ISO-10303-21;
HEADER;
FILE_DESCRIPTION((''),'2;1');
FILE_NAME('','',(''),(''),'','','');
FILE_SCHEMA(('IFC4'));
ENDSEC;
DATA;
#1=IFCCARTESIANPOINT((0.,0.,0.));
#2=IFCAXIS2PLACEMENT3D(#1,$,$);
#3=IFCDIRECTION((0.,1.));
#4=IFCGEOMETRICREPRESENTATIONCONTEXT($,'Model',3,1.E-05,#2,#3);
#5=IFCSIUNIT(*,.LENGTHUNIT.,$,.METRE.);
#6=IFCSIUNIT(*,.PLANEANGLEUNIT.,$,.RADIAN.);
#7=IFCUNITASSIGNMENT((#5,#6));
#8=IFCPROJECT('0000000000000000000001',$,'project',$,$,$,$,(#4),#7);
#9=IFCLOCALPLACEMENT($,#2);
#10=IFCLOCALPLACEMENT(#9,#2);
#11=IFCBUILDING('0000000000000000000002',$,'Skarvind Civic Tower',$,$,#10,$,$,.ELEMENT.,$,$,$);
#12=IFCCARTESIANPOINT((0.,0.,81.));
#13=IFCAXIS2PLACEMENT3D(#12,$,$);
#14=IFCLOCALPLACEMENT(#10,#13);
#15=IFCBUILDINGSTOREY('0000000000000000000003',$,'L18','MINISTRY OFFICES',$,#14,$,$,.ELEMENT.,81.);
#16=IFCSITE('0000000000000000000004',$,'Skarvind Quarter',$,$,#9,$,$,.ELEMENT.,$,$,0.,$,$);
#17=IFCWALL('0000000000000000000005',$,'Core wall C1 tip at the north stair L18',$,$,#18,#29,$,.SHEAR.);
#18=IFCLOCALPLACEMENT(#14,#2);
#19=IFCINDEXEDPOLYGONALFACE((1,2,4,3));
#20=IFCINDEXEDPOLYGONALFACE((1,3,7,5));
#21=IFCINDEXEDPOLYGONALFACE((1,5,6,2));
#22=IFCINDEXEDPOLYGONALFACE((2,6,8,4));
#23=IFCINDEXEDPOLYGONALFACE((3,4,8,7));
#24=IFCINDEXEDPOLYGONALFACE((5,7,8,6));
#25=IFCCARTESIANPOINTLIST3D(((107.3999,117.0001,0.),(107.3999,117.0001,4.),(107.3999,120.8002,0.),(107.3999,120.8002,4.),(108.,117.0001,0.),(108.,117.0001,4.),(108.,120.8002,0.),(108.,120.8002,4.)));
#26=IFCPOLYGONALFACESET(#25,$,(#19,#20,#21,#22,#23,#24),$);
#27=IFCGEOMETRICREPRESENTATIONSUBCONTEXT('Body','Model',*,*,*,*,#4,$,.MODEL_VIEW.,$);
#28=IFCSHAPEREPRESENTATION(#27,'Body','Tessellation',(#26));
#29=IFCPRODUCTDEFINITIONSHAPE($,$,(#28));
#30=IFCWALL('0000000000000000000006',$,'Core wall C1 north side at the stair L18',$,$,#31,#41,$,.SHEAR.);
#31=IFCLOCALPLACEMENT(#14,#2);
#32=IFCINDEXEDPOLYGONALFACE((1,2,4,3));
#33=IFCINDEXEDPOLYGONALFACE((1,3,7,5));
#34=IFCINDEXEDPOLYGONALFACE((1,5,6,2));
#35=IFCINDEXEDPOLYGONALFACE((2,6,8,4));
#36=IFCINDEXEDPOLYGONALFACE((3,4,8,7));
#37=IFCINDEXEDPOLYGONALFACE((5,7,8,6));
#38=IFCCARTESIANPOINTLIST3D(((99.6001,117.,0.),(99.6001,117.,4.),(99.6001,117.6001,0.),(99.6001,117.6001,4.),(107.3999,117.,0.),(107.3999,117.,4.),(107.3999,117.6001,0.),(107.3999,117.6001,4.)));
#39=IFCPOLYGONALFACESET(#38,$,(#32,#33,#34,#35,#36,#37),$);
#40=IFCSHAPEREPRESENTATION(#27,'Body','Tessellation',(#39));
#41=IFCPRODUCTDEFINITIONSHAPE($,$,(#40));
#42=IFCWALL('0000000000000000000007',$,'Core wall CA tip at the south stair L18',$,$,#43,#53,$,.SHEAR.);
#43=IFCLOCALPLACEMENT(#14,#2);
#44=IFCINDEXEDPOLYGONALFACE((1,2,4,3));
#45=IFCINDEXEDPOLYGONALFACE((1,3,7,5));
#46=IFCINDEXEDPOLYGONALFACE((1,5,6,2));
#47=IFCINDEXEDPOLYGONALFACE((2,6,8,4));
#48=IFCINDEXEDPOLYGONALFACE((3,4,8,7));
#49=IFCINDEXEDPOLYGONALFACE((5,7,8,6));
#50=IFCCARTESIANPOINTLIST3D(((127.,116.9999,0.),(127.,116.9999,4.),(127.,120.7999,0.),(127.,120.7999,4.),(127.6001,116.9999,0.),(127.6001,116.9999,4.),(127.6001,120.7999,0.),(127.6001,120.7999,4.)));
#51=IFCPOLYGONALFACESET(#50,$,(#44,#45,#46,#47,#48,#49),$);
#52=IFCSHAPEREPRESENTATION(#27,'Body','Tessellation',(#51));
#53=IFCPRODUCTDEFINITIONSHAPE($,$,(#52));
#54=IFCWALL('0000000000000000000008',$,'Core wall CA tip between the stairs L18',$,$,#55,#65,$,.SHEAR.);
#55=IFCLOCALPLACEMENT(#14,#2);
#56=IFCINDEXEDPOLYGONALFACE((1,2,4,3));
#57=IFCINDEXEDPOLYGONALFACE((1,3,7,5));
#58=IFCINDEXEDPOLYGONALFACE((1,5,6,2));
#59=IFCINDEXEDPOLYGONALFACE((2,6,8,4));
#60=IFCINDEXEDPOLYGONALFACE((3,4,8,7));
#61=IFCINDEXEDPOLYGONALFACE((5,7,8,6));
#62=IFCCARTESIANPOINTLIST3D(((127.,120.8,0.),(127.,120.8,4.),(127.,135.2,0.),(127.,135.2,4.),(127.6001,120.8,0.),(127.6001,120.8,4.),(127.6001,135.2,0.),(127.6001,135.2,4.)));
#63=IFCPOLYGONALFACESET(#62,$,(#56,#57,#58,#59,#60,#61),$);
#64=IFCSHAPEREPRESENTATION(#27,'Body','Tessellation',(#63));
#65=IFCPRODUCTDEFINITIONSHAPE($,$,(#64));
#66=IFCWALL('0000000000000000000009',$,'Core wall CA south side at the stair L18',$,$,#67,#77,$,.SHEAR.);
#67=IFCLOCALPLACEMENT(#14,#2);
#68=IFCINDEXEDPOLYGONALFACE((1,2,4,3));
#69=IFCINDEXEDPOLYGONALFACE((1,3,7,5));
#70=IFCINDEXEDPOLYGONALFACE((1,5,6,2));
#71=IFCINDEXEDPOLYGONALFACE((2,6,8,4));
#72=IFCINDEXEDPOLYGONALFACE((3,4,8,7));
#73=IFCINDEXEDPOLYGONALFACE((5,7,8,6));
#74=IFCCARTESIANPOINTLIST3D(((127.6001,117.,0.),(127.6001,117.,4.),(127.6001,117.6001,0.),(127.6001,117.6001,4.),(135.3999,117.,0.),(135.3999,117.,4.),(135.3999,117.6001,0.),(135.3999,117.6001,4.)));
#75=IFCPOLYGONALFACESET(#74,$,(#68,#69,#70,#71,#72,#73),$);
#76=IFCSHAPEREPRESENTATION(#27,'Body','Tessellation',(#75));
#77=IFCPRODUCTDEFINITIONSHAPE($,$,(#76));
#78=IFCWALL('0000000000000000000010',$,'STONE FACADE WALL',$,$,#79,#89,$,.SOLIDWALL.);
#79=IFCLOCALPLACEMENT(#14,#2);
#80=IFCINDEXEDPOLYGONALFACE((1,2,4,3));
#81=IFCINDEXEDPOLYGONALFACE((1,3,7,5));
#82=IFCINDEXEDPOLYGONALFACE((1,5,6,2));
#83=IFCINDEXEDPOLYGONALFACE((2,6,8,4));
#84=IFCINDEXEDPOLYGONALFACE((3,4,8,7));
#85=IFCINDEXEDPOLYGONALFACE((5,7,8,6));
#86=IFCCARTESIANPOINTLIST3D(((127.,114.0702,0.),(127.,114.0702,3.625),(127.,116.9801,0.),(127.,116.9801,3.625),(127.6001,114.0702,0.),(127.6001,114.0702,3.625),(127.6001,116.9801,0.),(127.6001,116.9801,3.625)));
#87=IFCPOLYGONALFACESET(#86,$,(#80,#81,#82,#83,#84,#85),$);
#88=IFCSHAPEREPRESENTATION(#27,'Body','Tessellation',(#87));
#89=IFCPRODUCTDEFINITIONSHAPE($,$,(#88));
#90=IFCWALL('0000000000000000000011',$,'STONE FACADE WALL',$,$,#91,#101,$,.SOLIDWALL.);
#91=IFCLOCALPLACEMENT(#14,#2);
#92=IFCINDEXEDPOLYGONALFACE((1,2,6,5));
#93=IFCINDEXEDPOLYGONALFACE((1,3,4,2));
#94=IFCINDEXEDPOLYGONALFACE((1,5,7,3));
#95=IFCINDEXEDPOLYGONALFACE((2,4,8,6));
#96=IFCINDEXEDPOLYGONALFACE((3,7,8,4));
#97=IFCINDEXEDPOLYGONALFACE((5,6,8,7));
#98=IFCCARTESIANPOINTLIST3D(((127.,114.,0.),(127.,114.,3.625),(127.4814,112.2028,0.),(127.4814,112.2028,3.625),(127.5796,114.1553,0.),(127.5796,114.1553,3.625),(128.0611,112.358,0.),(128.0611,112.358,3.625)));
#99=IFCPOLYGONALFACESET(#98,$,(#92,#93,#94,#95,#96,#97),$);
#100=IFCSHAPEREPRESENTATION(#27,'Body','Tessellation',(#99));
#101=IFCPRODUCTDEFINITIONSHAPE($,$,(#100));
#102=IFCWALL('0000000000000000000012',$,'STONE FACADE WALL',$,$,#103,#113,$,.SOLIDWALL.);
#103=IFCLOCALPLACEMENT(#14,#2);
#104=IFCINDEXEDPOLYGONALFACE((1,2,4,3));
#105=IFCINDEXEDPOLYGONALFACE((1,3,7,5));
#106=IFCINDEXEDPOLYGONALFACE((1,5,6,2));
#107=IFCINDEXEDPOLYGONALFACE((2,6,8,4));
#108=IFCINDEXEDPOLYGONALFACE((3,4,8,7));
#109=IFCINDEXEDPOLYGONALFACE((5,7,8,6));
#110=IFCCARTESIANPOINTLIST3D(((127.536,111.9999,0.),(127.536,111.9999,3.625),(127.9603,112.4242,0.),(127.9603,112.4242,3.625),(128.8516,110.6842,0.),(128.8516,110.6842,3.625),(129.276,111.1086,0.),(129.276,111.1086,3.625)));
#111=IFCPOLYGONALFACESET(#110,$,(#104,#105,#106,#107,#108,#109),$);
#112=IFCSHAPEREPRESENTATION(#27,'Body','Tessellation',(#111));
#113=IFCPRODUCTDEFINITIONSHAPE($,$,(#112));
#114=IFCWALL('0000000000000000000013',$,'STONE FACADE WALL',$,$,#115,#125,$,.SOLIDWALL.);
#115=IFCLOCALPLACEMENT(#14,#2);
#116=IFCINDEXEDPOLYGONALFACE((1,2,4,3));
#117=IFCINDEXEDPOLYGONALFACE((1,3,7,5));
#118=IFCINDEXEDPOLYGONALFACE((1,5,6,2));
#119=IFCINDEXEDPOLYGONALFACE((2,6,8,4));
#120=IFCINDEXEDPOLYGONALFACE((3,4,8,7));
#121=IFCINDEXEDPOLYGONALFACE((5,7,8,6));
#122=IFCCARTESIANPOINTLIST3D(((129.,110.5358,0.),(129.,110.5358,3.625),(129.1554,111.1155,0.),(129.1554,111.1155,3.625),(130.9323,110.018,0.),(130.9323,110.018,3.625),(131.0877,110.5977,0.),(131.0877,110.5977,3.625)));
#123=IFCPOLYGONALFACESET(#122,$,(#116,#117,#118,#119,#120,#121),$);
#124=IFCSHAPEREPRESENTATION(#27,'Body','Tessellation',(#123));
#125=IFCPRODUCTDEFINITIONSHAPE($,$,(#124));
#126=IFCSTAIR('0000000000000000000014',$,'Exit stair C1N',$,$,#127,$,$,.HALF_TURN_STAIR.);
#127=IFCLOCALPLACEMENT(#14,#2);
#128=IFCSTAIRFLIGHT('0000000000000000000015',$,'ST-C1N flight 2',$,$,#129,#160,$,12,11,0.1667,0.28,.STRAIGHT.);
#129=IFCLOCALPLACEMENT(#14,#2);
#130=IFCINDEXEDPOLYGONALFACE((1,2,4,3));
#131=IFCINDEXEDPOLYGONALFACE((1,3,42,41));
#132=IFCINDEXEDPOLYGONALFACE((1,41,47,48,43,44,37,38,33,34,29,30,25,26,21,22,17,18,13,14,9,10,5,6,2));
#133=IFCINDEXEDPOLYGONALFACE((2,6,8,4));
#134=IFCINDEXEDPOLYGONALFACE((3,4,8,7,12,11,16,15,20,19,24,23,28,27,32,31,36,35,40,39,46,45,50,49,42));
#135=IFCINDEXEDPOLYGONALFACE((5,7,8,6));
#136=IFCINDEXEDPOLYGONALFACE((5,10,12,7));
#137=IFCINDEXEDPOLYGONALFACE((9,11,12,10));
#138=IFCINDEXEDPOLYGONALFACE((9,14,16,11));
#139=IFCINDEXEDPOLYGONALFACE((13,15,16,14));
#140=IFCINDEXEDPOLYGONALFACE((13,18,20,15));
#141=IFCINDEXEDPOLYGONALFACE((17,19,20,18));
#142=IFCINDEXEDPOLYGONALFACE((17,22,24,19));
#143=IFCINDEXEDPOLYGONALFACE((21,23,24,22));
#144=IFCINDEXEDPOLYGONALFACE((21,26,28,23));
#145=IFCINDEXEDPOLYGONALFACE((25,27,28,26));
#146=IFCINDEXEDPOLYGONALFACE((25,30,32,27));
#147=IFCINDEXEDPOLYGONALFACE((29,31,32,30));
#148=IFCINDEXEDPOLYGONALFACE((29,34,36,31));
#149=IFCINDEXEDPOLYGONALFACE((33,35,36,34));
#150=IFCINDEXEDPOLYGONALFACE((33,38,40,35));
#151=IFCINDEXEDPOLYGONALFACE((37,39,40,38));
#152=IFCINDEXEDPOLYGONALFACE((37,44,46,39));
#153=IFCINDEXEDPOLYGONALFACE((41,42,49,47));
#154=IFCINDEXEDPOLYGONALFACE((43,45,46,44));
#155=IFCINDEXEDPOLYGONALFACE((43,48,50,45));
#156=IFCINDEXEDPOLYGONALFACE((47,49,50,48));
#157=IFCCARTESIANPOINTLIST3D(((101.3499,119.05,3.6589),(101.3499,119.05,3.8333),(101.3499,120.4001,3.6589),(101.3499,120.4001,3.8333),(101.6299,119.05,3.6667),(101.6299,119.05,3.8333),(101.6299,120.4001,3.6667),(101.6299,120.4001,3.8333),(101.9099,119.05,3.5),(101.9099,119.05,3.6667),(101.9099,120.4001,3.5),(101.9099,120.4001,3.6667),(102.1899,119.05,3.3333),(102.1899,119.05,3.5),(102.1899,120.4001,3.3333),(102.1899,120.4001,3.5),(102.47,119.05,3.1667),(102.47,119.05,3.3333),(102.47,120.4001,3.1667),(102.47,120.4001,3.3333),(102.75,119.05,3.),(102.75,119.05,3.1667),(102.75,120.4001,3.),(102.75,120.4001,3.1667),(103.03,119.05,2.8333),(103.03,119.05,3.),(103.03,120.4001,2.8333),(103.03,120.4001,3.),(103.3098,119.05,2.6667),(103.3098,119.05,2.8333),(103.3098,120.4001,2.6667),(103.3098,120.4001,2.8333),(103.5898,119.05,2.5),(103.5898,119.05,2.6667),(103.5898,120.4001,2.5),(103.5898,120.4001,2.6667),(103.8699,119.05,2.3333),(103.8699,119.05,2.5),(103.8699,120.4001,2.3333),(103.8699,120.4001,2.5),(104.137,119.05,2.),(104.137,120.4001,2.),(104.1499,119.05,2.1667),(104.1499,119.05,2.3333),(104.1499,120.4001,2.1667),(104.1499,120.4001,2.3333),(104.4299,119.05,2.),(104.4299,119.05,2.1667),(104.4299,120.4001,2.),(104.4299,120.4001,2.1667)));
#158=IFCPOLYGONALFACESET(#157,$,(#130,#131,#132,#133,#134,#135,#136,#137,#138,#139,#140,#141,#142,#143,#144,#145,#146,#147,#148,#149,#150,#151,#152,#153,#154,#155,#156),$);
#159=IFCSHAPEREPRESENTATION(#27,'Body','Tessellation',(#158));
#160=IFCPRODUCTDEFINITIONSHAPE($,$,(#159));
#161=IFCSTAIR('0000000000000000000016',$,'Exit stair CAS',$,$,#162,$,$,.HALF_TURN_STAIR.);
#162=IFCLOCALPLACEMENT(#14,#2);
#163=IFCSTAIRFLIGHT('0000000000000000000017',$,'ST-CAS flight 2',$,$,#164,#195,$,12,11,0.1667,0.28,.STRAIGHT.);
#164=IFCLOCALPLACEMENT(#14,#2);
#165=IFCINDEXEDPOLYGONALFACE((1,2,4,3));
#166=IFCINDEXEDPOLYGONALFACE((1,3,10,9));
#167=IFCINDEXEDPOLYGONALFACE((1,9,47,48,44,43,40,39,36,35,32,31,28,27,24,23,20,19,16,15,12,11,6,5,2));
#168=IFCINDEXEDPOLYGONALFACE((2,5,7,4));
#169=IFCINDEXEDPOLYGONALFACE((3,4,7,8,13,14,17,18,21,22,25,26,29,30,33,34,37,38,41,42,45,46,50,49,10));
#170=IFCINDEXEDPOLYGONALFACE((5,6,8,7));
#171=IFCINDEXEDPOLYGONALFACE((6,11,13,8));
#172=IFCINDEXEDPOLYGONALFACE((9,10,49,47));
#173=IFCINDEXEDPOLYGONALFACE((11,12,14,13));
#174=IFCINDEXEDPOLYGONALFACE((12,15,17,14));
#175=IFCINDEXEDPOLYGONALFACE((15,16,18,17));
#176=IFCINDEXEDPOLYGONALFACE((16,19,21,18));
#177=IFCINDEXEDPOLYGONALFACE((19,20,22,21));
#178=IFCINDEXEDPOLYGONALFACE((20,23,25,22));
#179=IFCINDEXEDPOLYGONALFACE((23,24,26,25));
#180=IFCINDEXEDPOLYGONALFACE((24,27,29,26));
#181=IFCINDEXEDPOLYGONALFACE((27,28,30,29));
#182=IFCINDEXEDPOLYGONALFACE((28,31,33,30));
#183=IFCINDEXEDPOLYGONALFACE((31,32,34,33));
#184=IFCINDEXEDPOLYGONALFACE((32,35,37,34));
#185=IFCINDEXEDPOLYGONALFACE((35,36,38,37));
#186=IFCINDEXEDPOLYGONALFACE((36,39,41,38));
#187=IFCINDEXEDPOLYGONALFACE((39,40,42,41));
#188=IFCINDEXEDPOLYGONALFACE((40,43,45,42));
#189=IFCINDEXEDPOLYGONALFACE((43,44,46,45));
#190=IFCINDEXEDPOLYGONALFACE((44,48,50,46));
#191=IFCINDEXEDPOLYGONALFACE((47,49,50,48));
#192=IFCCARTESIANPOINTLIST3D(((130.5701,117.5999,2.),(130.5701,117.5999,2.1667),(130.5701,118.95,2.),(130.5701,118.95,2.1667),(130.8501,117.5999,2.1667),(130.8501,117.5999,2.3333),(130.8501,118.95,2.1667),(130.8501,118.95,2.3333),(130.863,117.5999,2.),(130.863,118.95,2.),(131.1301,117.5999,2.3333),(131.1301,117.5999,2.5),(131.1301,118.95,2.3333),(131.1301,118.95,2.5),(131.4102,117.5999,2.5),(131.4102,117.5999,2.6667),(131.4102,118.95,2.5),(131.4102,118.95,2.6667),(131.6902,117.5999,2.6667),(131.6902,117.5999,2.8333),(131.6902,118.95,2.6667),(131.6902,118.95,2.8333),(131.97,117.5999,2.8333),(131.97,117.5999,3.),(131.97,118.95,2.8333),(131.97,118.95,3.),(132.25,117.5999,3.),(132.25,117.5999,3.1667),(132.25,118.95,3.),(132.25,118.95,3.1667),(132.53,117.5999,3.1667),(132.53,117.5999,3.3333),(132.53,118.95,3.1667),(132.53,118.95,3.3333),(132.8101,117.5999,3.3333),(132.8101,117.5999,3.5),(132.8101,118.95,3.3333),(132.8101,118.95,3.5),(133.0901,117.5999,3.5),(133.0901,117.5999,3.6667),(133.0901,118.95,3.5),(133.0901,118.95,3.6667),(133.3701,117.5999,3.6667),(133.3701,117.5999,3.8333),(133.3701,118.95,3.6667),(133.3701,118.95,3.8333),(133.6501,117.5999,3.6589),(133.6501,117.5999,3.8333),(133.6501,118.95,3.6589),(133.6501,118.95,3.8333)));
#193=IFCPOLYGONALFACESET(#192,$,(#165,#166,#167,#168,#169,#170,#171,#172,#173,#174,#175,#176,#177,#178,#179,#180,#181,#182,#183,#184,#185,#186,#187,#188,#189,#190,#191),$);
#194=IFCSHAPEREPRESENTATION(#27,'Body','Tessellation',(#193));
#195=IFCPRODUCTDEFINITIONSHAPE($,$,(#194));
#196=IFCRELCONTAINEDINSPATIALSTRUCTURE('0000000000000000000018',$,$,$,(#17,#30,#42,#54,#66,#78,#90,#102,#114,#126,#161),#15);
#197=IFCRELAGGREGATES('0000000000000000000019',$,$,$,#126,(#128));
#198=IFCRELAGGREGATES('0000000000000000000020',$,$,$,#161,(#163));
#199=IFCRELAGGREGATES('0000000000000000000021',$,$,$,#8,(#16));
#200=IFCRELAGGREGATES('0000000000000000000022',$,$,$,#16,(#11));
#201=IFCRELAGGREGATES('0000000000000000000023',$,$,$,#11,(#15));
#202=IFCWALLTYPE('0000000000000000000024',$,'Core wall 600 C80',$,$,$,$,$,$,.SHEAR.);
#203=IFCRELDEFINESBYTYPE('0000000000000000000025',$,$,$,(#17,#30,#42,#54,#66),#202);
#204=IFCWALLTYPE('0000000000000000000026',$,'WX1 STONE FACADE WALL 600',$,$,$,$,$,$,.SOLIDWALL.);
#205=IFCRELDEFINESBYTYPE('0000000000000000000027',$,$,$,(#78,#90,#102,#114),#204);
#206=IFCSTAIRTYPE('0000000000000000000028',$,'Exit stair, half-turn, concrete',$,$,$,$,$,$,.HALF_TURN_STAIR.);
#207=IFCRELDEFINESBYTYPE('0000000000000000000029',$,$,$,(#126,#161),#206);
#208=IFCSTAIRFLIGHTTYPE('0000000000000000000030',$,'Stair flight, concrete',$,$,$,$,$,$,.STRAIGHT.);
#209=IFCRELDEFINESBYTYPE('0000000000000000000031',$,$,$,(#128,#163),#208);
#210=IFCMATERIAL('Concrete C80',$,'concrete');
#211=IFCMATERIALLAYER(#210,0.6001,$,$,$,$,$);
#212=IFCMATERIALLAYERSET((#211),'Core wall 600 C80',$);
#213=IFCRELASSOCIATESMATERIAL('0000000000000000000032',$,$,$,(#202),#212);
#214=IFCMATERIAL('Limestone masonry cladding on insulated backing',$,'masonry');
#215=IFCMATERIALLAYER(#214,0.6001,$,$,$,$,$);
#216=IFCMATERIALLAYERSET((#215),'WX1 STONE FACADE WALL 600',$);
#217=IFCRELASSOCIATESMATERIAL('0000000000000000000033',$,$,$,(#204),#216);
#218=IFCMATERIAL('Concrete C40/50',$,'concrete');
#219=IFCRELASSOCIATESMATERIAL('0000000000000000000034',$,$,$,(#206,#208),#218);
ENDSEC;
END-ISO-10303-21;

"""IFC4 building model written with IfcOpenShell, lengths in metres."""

from ifc_helpers import new_model, si_unit, direction, frame, frame_2d, origin, place, context, subcontext, project, spatial, polyline, rectangle, outline, extrude, material, layer, layer_set, type_object, element, aggregate, save


model = new_model("IFC4")

# Units and contexts
model_context = context("Model", 3, precision=1e-05, world=origin(), true_north=direction((0.0, 1.0)))
body_context = subcontext(model_context, "Body", "Model", "MODEL_VIEW")
ifc_project = project(units=[si_unit("LENGTHUNIT", "METRE"), si_unit("PLANEANGLEUNIT", "RADIAN")], contexts=[model_context])

# Site, building, storey
site_placement = place(None, origin())
site = spatial("IfcSite", under=ifc_project, at=site_placement, Name="Skarvind Quarter", CompositionType="ELEMENT", RefElevation=0.0)
building_placement = place(site_placement, origin())
building = spatial("IfcBuilding", under=site, at=building_placement, Name="Skarvind Civic Tower", CompositionType="ELEMENT")
storey_placement = place(building_placement, frame((0.0, 0.0, 81.0)))
storey = spatial("IfcBuildingStorey", under=building, at=storey_placement, Name="L18", Description="MINISTRY OFFICES", CompositionType="ELEMENT", Elevation=81.0)

# Shared definitions
ifc_material_1 = material(Name="Concrete C80", Category="concrete")

# Walls
ifc_layer_1 = layer(ifc_material_1, 0.6001)
ifc_layer_set_1 = layer_set([ifc_layer_1], Name="Core wall 600 C80")
wall_type_1 = type_object("IfcWallType", Name="Core wall 600 C80", PredefinedType="SHEAR", material=ifc_layer_set_1)
wall_1_placement = place(storey_placement, frame((107.7, 120.8, 0.0), z_axis=(0.0, 0.0, 1.0), x_axis=(0.0, -1.0, 0.0)))
element("IfcWall", 1, at=wall_1_placement, inside=storey, type_object=wall_type_1, Name="Core wall C1 tip at the north stair L18", PredefinedType="SHEAR", context=body_context, shape_type="SweptSolid", body=[
    extrude(rectangle(XDim=3.8, YDim=0.6001, at=frame_2d((1.8999, 0.0))), origin(), (0.0, 0.0, 1.0), 4.0),
])
wall_2_placement = place(storey_placement, frame((107.3999, 117.3, 0.0), z_axis=(0.0, 0.0, 1.0), x_axis=(-1.0, 0.0, 0.0)))
element("IfcWall", 2, at=wall_2_placement, inside=storey, type_object=wall_type_1, Name="Core wall C1 north side at the stair L18", PredefinedType="SHEAR", context=body_context, shape_type="SweptSolid", body=[
    extrude(rectangle(XDim=7.7998, YDim=0.6001, at=frame_2d((3.8999, 0.0))), origin(), (0.0, 0.0, 1.0), 4.0),
])
wall_3_placement = place(storey_placement, frame((127.3, 117.0, 0.0), z_axis=(0.0, 0.0, 1.0), x_axis=(0.0, 1.0, 0.0)))
element("IfcWall", 3, at=wall_3_placement, inside=storey, type_object=wall_type_1, Name="Core wall CA tip at the south stair L18", PredefinedType="SHEAR", context=body_context, shape_type="SweptSolid", body=[
    extrude(rectangle(XDim=3.8, YDim=0.6001, at=frame_2d((1.8999, 0.0))), origin(), (0.0, 0.0, 1.0), 4.0),
])
wall_4_placement = place(storey_placement, frame((127.3, 120.8, 0.0), z_axis=(0.0, 0.0, 1.0), x_axis=(0.0, 1.0, 0.0)))
element("IfcWall", 4, at=wall_4_placement, inside=storey, type_object=wall_type_1, Name="Core wall CA tip between the stairs L18", PredefinedType="SHEAR", context=body_context, shape_type="SweptSolid", body=[
    extrude(rectangle(XDim=14.3999, YDim=0.6001, at=frame_2d((7.2, 0.0))), origin(), (0.0, 0.0, 1.0), 4.0),
])
wall_5_placement = place(storey_placement, frame((127.6001, 117.3, 0.0), z_axis=(0.0, 0.0, 1.0), x_axis=(1.0, 0.0, 0.0)))
element("IfcWall", 5, at=wall_5_placement, inside=storey, type_object=wall_type_1, Name="Core wall CA south side at the stair L18", PredefinedType="SHEAR", context=body_context, shape_type="SweptSolid", body=[
    extrude(rectangle(XDim=7.7998, YDim=0.6001, at=frame_2d((3.8999, 0.0))), origin(), (0.0, 0.0, 1.0), 4.0),
])
ifc_material_2 = material(Name="Limestone masonry cladding on insulated backing", Category="masonry")
ifc_layer_2 = layer(ifc_material_2, 0.6001)
ifc_layer_set_2 = layer_set([ifc_layer_2], Name="WX1 STONE FACADE WALL 600")
wall_type_2 = type_object("IfcWallType", Name="WX1 STONE FACADE WALL 600", PredefinedType="SOLIDWALL", material=ifc_layer_set_2)
wall_6_placement = place(storey_placement, frame((127.3, 114.0701, 0.0), z_axis=(0.0, 0.0, 1.0), x_axis=(0.0, 1.0, 0.0)))
element("IfcWall", 6, at=wall_6_placement, inside=storey, type_object=wall_type_2, Name="STONE FACADE WALL", PredefinedType="SOLIDWALL", context=body_context, shape_type="SweptSolid", body=[
    extrude(rectangle(XDim=2.9099, YDim=0.6001, at=frame_2d((1.4551, 0.0))), origin(), (0.0, 0.0, 1.0), 3.625),
])
for number, where, z_axis, x_axis, name in (
    (7, (127.7712, 112.2805, 0.0), (0.0, 0.0, 1.0), (-0.258773, 0.965938, 0.0), "STONE FACADE WALL"),
    (8, (129.0637, 110.8965, 0.0), (0.0, 0.0, 1.0), (-0.707107, 0.707107, 0.0), "STONE FACADE WALL"),
):
    element("IfcWall", number, at=place(storey_placement, frame(where, z_axis=z_axis, x_axis=x_axis)), inside=storey, type_object=wall_type_2, Name=name, PredefinedType="SOLIDWALL", context=body_context, shape_type="SweptSolid", body=[
        extrude(rectangle(XDim=1.8606, YDim=0.6001, at=frame_2d((0.9302, 0.0))), origin(), (0.0, 0.0, 1.0), 3.625),
    ])
wall_7_placement = place(storey_placement, frame((131.01, 110.3079, 0.0), z_axis=(0.0, 0.0, 1.0), x_axis=(-0.96592, 0.25884, 0.0)))
element("IfcWall", 9, at=wall_7_placement, inside=storey, type_object=wall_type_2, Name="STONE FACADE WALL", PredefinedType="SOLIDWALL", context=body_context, shape_type="SweptSolid", body=[
    extrude(rectangle(XDim=2.0005, YDim=0.6001, at=frame_2d((1.0002, 0.0))), origin(), (0.0, 0.0, 1.0), 3.625),
])

# Stairs, stair flights
ifc_material_3 = material(Name="Concrete C40/50", Category="concrete")
stair_type = type_object("IfcStairType", Name="Exit stair, half-turn, concrete", PredefinedType="HALF_TURN_STAIR", material=ifc_material_3)
stair_1_placement = place(storey_placement, origin())
stair_1 = element("IfcStair", 10, at=stair_1_placement, inside=storey, type_object=stair_type, Name="Exit stair C1N", PredefinedType="HALF_TURN_STAIR")
stair_flight_type = type_object("IfcStairFlightType", Name="Stair flight, concrete", PredefinedType="STRAIGHT", material=ifc_material_3)
stair_flight_1_placement = place(storey_placement, frame((104.4299, 119.7251, 2.0), z_axis=(0.0, 0.0, 1.0), x_axis=(-1.0, 0.0, 0.0)))
stair_flight_1 = element("IfcStairFlight", 11, at=stair_flight_1_placement, type_object=stair_flight_type, Name="ST-C1N flight 2", NumberOfRisers=12, NumberOfTreads=11, PredefinedType="STRAIGHT", RiserHeight=0.1667, TreadLength=0.28, context=body_context, shape_type="SweptSolid", body=[
    extrude(outline(polyline([(0.0, 0.0), (0.0, 0.1667), (0.28, 0.1667), (0.28, 0.3333), (0.5601, 0.3333), (0.5601, 0.5), (0.8401, 0.5), (0.8401, 0.6667), (1.1201, 0.6667), (1.1201, 0.8333), (1.3999, 0.8333), (1.3999, 1.0), (1.6799, 1.0), (1.6799, 1.1667), (1.96, 1.1667), (1.96, 1.3333), (2.24, 1.3333), (2.24, 1.5), (2.52, 1.5), (2.52, 1.6667), (2.8, 1.6667), (2.8, 1.8333), (3.0801, 1.8333), (3.0801, 2.0), (3.0801, 1.6589), (0.293, 0.0), (0.0, 0.0)])), frame((0.0, 0.675, 0.0), z_axis=(0.0, -1.0, 0.0), x_axis=(1.0, 0.0, 0.0)), (0.0, 0.0, 1.0), 1.3501),
])
aggregate(stair_1, [stair_flight_1])
stair_2_placement = place(storey_placement, origin())
stair_2 = element("IfcStair", 12, at=stair_2_placement, inside=storey, type_object=stair_type, Name="Exit stair CAS", PredefinedType="HALF_TURN_STAIR")
stair_flight_2_placement = place(storey_placement, frame((130.5701, 118.2749, 2.0), z_axis=(0.0, 0.0, 1.0), x_axis=(1.0, 0.0, 0.0)))
stair_flight_2 = element("IfcStairFlight", 13, at=stair_flight_2_placement, type_object=stair_flight_type, Name="ST-CAS flight 2", NumberOfRisers=12, NumberOfTreads=11, PredefinedType="STRAIGHT", RiserHeight=0.1667, TreadLength=0.28, context=body_context, shape_type="SweptSolid", body=[
    extrude(outline(polyline([(0.0, 0.0), (0.0, 0.1667), (0.28, 0.1667), (0.28, 0.3333), (0.5601, 0.3333), (0.5601, 0.5), (0.8401, 0.5), (0.8401, 0.6667), (1.1201, 0.6667), (1.1201, 0.8333), (1.3999, 0.8333), (1.3999, 1.0), (1.6799, 1.0), (1.6799, 1.1667), (1.96, 1.1667), (1.96, 1.3333), (2.24, 1.3333), (2.24, 1.5), (2.52, 1.5), (2.52, 1.6667), (2.8, 1.6667), (2.8, 1.8333), (3.0801, 1.8333), (3.0801, 2.0), (3.0801, 1.6589), (0.293, 0.0), (0.0, 0.0)])), frame((0.0, 0.675, 0.0), z_axis=(0.0, -1.0, 0.0), x_axis=(1.0, 0.0, 0.0)), (0.0, 0.0, 1.0), 1.3501),
])
aggregate(stair_2, [stair_flight_2])

save(model, "model.ifc")
